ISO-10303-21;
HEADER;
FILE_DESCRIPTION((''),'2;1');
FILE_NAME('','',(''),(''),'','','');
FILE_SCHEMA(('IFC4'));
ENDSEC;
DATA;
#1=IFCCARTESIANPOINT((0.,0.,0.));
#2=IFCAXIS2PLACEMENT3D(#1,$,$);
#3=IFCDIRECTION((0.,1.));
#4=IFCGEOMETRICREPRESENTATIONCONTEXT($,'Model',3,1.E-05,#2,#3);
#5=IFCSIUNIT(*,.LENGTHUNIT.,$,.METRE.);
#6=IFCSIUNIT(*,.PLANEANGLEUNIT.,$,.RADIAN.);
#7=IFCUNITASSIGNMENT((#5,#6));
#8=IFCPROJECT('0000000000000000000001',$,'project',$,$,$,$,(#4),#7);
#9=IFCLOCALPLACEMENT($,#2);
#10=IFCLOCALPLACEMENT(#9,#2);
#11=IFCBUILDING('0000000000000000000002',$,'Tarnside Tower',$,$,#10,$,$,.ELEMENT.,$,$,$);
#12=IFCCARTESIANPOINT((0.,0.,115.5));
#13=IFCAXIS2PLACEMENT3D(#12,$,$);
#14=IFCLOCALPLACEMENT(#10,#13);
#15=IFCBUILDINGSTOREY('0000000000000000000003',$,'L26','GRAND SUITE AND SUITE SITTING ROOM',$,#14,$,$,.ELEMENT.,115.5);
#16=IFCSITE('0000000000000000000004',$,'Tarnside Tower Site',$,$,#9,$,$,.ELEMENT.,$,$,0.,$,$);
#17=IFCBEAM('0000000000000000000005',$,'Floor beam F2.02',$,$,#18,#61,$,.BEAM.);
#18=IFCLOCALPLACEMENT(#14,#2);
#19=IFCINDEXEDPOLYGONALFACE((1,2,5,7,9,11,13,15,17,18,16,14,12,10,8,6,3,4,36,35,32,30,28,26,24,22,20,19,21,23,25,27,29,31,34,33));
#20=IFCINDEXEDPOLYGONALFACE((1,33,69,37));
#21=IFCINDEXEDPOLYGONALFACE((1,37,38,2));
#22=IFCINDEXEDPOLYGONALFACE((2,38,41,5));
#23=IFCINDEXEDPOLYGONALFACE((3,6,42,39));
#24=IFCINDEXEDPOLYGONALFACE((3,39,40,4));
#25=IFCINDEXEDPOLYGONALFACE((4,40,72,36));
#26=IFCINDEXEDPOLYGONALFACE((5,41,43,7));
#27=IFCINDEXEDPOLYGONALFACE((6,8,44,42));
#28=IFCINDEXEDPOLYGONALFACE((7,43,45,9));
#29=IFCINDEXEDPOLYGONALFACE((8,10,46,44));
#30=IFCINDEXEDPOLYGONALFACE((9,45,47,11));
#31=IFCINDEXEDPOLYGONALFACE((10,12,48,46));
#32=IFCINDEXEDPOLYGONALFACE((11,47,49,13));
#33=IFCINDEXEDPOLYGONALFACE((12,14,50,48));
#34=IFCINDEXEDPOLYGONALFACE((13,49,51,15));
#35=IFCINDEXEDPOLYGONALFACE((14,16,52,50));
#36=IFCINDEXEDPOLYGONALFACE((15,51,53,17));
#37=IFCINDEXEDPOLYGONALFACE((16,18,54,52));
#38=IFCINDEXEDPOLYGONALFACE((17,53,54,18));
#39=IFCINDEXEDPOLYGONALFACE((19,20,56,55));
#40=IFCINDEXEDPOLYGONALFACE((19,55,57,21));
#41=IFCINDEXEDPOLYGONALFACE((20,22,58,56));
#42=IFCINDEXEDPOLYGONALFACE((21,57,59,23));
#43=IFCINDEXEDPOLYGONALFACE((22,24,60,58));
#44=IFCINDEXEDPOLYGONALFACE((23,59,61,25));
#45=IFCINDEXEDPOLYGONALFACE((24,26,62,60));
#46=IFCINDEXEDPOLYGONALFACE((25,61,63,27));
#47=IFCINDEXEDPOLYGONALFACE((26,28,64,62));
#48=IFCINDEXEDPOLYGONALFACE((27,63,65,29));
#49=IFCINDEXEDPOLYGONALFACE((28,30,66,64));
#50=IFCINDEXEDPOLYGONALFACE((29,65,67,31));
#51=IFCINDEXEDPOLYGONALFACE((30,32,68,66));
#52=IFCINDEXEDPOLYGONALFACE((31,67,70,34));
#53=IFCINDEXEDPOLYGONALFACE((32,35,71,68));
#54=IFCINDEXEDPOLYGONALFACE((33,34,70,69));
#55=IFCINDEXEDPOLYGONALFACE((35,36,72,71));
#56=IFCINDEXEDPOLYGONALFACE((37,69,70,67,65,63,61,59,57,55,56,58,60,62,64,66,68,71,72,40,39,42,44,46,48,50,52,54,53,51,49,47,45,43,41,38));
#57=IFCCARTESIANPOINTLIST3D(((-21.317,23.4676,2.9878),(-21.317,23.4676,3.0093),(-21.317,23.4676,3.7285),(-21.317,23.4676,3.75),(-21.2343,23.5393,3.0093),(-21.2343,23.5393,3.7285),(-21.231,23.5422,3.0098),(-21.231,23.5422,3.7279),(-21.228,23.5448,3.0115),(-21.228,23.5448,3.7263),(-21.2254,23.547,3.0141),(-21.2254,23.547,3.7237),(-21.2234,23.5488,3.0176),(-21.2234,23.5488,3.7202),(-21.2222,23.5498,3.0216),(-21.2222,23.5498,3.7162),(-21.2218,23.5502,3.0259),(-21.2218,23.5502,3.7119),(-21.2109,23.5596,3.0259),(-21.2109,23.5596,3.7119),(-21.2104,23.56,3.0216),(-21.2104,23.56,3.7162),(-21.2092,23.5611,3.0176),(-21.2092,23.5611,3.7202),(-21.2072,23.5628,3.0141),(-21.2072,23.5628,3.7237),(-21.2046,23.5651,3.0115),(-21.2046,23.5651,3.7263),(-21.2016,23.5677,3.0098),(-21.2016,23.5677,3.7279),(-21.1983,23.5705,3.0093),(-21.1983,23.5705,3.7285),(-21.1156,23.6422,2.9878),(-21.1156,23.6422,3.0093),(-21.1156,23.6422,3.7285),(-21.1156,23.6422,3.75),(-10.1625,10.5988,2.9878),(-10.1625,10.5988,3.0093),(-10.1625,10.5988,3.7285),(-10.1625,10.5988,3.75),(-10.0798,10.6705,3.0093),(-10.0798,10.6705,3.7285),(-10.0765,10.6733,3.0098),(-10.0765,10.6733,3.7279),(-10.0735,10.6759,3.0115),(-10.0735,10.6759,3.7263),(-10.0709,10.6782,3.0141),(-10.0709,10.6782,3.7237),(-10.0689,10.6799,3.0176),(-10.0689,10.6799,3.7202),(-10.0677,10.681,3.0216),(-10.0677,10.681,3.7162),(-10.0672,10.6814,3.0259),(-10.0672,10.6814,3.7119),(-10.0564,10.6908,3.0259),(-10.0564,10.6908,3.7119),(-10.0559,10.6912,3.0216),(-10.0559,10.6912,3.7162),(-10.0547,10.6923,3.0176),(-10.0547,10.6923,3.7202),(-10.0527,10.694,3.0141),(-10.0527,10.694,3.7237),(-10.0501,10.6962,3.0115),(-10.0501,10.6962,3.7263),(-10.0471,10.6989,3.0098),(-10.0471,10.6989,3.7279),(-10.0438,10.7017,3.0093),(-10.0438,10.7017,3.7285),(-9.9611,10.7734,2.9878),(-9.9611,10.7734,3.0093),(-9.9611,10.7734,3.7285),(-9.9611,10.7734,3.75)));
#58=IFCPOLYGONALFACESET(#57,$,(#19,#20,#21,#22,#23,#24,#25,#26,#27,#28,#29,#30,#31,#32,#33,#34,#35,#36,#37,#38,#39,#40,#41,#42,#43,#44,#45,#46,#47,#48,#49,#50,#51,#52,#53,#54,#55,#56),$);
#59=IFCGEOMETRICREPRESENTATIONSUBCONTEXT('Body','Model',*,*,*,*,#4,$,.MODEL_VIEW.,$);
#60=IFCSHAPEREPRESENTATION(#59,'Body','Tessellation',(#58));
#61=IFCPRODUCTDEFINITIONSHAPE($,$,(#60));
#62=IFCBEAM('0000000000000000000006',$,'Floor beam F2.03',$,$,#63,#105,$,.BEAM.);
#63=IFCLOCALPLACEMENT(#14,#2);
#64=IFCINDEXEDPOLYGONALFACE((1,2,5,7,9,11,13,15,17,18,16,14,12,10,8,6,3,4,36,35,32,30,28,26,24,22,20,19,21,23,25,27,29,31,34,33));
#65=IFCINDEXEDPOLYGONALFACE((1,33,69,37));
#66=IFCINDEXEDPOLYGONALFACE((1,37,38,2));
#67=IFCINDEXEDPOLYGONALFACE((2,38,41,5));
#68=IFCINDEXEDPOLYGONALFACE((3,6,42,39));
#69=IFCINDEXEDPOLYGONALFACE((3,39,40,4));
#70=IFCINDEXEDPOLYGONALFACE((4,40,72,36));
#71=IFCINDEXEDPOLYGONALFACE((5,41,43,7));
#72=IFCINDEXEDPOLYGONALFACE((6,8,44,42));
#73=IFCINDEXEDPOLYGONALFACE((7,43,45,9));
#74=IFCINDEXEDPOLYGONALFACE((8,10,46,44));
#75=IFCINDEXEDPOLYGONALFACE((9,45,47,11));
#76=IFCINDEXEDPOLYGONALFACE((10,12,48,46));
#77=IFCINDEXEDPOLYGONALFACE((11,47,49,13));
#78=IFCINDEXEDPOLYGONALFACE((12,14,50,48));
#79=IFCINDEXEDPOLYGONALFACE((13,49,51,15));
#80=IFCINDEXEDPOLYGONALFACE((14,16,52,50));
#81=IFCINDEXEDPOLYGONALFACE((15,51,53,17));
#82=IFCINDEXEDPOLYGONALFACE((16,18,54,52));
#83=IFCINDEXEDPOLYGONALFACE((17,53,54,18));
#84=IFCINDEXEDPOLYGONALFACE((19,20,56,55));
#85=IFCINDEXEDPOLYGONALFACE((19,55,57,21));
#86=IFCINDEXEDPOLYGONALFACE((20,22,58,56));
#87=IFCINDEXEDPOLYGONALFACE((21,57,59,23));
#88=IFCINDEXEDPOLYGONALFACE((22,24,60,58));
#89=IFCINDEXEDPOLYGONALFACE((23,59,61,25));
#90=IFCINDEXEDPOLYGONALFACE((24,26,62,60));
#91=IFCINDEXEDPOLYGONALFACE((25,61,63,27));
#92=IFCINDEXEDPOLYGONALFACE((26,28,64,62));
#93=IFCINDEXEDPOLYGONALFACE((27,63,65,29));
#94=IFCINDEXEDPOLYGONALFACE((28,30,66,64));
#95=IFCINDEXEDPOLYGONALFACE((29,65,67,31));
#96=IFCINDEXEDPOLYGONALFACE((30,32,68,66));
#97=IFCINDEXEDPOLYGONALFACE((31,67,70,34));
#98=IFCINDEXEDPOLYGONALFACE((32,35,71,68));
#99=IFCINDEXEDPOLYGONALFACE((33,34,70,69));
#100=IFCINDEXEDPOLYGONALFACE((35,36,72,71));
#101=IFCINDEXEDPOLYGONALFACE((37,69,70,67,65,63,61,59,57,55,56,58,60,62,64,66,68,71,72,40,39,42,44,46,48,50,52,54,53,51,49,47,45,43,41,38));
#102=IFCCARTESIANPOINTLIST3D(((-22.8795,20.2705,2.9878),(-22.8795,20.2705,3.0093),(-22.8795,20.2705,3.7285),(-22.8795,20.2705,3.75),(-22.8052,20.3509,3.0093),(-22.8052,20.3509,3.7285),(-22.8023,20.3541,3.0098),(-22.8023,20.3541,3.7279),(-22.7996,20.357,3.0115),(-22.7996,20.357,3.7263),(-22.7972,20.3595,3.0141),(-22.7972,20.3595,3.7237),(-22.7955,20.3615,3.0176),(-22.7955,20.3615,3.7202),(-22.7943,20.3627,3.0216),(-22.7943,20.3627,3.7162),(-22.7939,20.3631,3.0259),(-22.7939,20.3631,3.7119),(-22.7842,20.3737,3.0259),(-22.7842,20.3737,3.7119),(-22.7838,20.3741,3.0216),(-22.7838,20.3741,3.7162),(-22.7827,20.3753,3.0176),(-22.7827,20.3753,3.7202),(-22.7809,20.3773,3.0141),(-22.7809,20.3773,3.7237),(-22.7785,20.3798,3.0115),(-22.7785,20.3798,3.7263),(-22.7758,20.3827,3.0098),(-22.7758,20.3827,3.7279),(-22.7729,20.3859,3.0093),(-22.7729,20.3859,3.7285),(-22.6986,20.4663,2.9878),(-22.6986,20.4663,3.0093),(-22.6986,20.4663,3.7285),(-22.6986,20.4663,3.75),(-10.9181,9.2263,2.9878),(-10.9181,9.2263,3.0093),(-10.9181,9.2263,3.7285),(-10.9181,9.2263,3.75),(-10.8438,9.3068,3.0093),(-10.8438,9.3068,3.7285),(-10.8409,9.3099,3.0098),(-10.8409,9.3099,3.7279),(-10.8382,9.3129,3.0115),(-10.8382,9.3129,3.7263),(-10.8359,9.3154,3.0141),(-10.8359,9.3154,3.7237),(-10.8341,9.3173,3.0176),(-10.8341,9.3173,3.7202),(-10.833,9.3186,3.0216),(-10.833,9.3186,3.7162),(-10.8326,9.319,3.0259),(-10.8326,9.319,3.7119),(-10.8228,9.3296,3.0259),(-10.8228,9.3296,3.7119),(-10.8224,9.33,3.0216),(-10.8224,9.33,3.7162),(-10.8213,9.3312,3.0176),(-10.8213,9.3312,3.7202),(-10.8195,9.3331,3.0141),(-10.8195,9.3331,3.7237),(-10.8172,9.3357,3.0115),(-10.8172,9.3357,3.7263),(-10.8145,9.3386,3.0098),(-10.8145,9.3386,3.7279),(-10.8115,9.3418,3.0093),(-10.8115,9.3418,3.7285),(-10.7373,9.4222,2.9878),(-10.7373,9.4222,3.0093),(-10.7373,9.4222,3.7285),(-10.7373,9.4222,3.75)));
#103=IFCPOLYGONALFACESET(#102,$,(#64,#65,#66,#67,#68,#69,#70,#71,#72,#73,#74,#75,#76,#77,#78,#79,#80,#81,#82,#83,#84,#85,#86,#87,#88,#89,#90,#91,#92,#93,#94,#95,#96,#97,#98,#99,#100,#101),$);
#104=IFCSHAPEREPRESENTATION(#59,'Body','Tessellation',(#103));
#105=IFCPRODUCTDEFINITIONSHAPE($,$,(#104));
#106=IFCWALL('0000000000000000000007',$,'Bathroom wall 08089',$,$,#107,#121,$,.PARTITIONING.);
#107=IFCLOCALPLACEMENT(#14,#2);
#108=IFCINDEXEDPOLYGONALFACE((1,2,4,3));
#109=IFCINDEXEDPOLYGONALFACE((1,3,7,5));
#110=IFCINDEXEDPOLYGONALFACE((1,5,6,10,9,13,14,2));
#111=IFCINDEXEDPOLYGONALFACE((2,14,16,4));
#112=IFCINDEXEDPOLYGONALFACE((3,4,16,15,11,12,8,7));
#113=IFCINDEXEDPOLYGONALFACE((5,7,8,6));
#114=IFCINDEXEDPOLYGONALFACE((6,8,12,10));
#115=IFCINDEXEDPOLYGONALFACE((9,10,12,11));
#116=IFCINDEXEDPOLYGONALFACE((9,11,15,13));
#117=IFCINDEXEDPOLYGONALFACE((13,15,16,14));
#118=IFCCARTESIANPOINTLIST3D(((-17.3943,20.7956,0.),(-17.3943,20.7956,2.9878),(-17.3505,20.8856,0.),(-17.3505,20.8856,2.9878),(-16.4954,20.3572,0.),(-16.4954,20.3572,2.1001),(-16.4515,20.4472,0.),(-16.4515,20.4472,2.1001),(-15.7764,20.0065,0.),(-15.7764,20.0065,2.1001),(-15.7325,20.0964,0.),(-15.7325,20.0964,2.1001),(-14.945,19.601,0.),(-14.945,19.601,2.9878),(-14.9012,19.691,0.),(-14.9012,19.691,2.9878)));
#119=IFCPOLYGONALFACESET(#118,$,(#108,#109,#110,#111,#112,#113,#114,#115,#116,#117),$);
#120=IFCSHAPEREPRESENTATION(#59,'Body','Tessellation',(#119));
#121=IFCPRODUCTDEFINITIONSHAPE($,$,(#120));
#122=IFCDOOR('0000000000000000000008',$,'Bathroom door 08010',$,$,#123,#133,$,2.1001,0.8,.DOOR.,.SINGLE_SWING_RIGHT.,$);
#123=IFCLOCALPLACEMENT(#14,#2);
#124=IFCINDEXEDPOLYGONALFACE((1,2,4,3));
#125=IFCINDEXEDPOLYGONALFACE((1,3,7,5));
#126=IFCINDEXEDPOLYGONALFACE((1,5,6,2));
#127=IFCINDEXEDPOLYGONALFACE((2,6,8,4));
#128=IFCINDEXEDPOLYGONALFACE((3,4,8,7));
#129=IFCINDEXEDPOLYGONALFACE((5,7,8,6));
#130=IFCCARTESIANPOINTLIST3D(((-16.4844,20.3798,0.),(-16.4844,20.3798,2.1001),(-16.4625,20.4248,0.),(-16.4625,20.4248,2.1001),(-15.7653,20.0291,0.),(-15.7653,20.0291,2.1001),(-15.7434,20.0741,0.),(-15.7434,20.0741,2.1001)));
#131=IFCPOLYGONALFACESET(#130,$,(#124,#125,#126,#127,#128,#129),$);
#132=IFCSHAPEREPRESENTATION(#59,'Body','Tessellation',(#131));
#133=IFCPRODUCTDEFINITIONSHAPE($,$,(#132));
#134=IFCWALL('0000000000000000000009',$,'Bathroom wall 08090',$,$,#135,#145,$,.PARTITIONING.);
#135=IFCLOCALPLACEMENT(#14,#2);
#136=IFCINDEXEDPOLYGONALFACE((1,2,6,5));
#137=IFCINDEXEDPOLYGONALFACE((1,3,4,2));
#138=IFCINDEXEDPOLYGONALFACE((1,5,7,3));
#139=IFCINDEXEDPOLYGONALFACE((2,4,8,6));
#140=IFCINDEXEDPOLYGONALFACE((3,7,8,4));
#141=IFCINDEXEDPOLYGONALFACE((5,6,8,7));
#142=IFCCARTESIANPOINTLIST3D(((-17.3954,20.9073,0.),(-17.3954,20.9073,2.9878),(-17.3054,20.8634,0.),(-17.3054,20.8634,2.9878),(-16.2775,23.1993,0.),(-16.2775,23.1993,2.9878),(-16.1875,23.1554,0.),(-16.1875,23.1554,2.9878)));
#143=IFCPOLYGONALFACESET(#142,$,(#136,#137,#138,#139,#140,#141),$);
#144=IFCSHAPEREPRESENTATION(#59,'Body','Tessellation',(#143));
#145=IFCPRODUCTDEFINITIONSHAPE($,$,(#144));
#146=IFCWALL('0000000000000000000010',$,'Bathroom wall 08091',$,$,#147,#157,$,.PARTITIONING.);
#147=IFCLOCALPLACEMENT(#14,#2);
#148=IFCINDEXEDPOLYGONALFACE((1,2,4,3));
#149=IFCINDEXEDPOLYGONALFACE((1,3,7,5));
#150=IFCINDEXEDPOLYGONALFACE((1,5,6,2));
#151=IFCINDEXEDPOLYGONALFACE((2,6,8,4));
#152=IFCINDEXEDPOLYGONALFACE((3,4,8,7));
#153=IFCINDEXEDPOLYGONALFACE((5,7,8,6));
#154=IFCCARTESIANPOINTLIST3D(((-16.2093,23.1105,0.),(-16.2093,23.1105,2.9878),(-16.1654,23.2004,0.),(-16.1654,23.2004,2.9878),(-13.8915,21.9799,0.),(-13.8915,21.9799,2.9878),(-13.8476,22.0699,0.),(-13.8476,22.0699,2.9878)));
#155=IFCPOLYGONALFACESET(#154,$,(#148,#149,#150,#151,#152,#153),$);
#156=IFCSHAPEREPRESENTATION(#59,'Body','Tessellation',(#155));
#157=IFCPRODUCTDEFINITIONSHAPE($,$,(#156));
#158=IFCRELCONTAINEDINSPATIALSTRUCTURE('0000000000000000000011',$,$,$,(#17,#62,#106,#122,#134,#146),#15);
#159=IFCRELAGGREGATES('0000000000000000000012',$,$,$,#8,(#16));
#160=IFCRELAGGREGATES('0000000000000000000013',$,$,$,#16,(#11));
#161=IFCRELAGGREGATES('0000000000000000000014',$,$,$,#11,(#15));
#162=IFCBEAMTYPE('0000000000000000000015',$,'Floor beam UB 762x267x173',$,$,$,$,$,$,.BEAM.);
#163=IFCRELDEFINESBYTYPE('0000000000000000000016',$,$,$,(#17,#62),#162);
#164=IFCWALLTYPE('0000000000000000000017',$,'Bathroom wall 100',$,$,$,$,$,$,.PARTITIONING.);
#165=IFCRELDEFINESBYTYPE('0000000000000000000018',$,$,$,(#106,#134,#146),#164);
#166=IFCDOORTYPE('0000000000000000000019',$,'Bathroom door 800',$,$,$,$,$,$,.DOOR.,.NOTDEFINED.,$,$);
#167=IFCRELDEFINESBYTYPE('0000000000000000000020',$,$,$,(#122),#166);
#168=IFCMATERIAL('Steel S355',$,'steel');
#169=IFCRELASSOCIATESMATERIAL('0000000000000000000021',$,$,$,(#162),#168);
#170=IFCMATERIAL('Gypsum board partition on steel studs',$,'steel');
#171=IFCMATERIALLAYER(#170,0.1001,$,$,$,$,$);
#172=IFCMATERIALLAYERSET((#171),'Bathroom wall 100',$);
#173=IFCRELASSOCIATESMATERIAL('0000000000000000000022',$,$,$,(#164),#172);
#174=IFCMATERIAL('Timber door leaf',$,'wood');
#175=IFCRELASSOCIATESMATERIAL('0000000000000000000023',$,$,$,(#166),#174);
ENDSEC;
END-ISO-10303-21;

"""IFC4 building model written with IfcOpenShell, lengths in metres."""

from ifc_helpers import new_model, si_unit, direction, frame, frame_2d, origin, origin_2d, place, context, subcontext, project, spatial, rectangle, i_section, extrude, material, layer, layer_set, material_profile, profile_set, type_object, element, fill, save


model = new_model("IFC4")

# Units and contexts
model_context = context("Model", 3, precision=1e-05, world=origin(), true_north=direction((0.0, 1.0)))
body_context = subcontext(model_context, "Body", "Model", "MODEL_VIEW")
ifc_project = project(units=[si_unit("LENGTHUNIT", "METRE"), si_unit("PLANEANGLEUNIT", "RADIAN")], contexts=[model_context])

# Site, building, storey
site_placement = place(None, origin())
site = spatial("IfcSite", under=ifc_project, at=site_placement, Name="Tarnside Tower Site", CompositionType="ELEMENT", RefElevation=0.0)
building_placement = place(site_placement, origin())
building = spatial("IfcBuilding", under=site, at=building_placement, Name="Tarnside Tower", CompositionType="ELEMENT")
storey_placement = place(building_placement, frame((0.0, 0.0, 115.5)))
storey = spatial("IfcBuildingStorey", under=building, at=storey_placement, Name="L26", Description="GRAND SUITE AND SUITE SITTING ROOM", CompositionType="ELEMENT", Elevation=115.5)

# Beams
ifc_material_1 = material(Name="Steel S355", Category="steel")
ifc_material_profile = material_profile(ifc_material_1, i_section(OverallWidth=0.2666, OverallDepth=0.7622, WebThickness=0.0144, FlangeThickness=0.0215, FilletRadius=0.0166, at=origin_2d()), Name="UB 762x267x173")
ifc_profile_set = profile_set([ifc_material_profile], Name="Steel S355")
beam_type = type_object("IfcBeamType", Name="Floor beam UB 762x267x173", PredefinedType="BEAM", material=ifc_profile_set)
beam_1_placement = place(storey_placement, frame((-21.2163, 23.5549, 3.3689), z_axis=(0.654981, -0.755646, 0.0), x_axis=(0.755646, 0.654981, 0.0)))
element("IfcBeam", 1, at=beam_1_placement, inside=storey, type_object=beam_type, Name="Floor beam F2.02", PredefinedType="BEAM", context=body_context, shape_type="SweptSolid", body=[
    extrude(i_section(OverallWidth=0.2666, OverallDepth=0.7622, WebThickness=0.0144, FlangeThickness=0.0215, FilletRadius=0.0166, at=origin_2d()), origin(), (0.0, 0.0, 1.0), 17.0303),
])
beam_2_placement = place(storey_placement, frame((-22.7891, 20.3684, 3.3689), z_axis=(0.734715, -0.678375, 0.0), x_axis=(0.678375, 0.734715, 0.0)))
element("IfcBeam", 2, at=beam_2_placement, inside=storey, type_object=beam_type, Name="Floor beam F2.03", PredefinedType="BEAM", context=body_context, shape_type="SweptSolid", body=[
    extrude(i_section(OverallWidth=0.2666, OverallDepth=0.7622, WebThickness=0.0144, FlangeThickness=0.0215, FilletRadius=0.0166, at=origin_2d()), origin(), (0.0, 0.0, 1.0), 16.2803),
])

# Wall, opening, door
ifc_material_2 = material(Name="Gypsum board partition on steel studs", Category="steel")
ifc_layer_1 = layer(ifc_material_2, 0.1001)
ifc_layer_set_1 = layer_set([ifc_layer_1], Name="Bathroom wall 100")
wall_type_1 = type_object("IfcWallType", Name="Bathroom wall 100", PredefinedType="PARTITIONING", material=ifc_layer_set_1)
wall_1_placement = place(storey_placement, frame((-14.9231, 19.646, 0.0), z_axis=(0.0, 0.0, 1.0), x_axis=(-0.898792, 0.438376, 0.0)))
wall_1 = element("IfcWall", 3, at=wall_1_placement, inside=storey, type_object=wall_type_1, Name="Bathroom wall 08089", PredefinedType="PARTITIONING", context=body_context, shape_type="SweptSolid", body=[
    extrude(rectangle(XDim=2.7251, YDim=0.1001, at=frame_2d((1.3625, 0.0))), origin(), (0.0, 0.0, 1.0), 2.9878),
])
opening_1_placement = place(wall_1_placement, frame((0.925, 0.0, 0.0)))
opening_1 = element("IfcOpeningElement", 4, at=opening_1_placement, cuts=wall_1, PredefinedType="OPENING", context=body_context, shape_type="SweptSolid", body=[
    extrude(rectangle(XDim=0.8, YDim=2.1001, at=frame_2d((0.3999, 1.05))), frame((0.0, 0.0601, 0.0), z_axis=(0.0, -1.0, 0.0), x_axis=(1.0, 0.0, 0.0)), (0.0, 0.0, 1.0), 0.1201),
])
ifc_material_3 = material(Name="Timber door leaf", Category="wood")
door_type_1 = type_object("IfcDoorType", Name="Bathroom door 800", OperationType="NOTDEFINED", PredefinedType="DOOR", material=ifc_material_3)
door_1_placement = place(opening_1_placement, origin())
door_1 = element("IfcDoor", 5, at=door_1_placement, inside=storey, type_object=door_type_1, Name="Bathroom door 08010", OperationType="SINGLE_SWING_RIGHT", OverallHeight=2.1001, OverallWidth=0.8, PredefinedType="DOOR", context=body_context, shape_type="SweptSolid", body=[
    extrude(rectangle(XDim=0.8, YDim=2.1001, at=frame_2d((0.3999, 1.05))), frame((0.0, 0.0249, 0.0), z_axis=(0.0, -1.0, 0.0), x_axis=(1.0, 0.0, 0.0)), (0.0, 0.0, 1.0), 0.05),
])
fill(opening_1, door_1)

# Walls
wall_2_placement = place(storey_placement, frame((-17.3503, 20.8855, 0.0), z_axis=(0.0, 0.0, 1.0), x_axis=(0.438384, 0.898788, 0.0)))
element("IfcWall", 6, at=wall_2_placement, inside=storey, type_object=wall_type_1, Name="Bathroom wall 08090", PredefinedType="PARTITIONING", context=body_context, shape_type="SweptSolid", body=[
    extrude(rectangle(XDim=2.55, YDim=0.1001, at=frame_2d((1.2749, 0.0))), origin(), (0.0, 0.0, 1.0), 2.9878),
])
wall_3_placement = place(storey_placement, frame((-16.1875, 23.1555, 0.0), z_axis=(0.0, 0.0, 1.0), x_axis=(0.898777, -0.438407, 0.0)))
element("IfcWall", 7, at=wall_3_placement, inside=storey, type_object=wall_type_1, Name="Bathroom wall 08091", PredefinedType="PARTITIONING", context=body_context, shape_type="SweptSolid", body=[
    extrude(rectangle(XDim=2.5789, YDim=0.1001, at=frame_2d((1.2896, 0.0))), origin(), (0.0, 0.0, 1.0), 2.9878),
])

save(model, "model.ifc")
